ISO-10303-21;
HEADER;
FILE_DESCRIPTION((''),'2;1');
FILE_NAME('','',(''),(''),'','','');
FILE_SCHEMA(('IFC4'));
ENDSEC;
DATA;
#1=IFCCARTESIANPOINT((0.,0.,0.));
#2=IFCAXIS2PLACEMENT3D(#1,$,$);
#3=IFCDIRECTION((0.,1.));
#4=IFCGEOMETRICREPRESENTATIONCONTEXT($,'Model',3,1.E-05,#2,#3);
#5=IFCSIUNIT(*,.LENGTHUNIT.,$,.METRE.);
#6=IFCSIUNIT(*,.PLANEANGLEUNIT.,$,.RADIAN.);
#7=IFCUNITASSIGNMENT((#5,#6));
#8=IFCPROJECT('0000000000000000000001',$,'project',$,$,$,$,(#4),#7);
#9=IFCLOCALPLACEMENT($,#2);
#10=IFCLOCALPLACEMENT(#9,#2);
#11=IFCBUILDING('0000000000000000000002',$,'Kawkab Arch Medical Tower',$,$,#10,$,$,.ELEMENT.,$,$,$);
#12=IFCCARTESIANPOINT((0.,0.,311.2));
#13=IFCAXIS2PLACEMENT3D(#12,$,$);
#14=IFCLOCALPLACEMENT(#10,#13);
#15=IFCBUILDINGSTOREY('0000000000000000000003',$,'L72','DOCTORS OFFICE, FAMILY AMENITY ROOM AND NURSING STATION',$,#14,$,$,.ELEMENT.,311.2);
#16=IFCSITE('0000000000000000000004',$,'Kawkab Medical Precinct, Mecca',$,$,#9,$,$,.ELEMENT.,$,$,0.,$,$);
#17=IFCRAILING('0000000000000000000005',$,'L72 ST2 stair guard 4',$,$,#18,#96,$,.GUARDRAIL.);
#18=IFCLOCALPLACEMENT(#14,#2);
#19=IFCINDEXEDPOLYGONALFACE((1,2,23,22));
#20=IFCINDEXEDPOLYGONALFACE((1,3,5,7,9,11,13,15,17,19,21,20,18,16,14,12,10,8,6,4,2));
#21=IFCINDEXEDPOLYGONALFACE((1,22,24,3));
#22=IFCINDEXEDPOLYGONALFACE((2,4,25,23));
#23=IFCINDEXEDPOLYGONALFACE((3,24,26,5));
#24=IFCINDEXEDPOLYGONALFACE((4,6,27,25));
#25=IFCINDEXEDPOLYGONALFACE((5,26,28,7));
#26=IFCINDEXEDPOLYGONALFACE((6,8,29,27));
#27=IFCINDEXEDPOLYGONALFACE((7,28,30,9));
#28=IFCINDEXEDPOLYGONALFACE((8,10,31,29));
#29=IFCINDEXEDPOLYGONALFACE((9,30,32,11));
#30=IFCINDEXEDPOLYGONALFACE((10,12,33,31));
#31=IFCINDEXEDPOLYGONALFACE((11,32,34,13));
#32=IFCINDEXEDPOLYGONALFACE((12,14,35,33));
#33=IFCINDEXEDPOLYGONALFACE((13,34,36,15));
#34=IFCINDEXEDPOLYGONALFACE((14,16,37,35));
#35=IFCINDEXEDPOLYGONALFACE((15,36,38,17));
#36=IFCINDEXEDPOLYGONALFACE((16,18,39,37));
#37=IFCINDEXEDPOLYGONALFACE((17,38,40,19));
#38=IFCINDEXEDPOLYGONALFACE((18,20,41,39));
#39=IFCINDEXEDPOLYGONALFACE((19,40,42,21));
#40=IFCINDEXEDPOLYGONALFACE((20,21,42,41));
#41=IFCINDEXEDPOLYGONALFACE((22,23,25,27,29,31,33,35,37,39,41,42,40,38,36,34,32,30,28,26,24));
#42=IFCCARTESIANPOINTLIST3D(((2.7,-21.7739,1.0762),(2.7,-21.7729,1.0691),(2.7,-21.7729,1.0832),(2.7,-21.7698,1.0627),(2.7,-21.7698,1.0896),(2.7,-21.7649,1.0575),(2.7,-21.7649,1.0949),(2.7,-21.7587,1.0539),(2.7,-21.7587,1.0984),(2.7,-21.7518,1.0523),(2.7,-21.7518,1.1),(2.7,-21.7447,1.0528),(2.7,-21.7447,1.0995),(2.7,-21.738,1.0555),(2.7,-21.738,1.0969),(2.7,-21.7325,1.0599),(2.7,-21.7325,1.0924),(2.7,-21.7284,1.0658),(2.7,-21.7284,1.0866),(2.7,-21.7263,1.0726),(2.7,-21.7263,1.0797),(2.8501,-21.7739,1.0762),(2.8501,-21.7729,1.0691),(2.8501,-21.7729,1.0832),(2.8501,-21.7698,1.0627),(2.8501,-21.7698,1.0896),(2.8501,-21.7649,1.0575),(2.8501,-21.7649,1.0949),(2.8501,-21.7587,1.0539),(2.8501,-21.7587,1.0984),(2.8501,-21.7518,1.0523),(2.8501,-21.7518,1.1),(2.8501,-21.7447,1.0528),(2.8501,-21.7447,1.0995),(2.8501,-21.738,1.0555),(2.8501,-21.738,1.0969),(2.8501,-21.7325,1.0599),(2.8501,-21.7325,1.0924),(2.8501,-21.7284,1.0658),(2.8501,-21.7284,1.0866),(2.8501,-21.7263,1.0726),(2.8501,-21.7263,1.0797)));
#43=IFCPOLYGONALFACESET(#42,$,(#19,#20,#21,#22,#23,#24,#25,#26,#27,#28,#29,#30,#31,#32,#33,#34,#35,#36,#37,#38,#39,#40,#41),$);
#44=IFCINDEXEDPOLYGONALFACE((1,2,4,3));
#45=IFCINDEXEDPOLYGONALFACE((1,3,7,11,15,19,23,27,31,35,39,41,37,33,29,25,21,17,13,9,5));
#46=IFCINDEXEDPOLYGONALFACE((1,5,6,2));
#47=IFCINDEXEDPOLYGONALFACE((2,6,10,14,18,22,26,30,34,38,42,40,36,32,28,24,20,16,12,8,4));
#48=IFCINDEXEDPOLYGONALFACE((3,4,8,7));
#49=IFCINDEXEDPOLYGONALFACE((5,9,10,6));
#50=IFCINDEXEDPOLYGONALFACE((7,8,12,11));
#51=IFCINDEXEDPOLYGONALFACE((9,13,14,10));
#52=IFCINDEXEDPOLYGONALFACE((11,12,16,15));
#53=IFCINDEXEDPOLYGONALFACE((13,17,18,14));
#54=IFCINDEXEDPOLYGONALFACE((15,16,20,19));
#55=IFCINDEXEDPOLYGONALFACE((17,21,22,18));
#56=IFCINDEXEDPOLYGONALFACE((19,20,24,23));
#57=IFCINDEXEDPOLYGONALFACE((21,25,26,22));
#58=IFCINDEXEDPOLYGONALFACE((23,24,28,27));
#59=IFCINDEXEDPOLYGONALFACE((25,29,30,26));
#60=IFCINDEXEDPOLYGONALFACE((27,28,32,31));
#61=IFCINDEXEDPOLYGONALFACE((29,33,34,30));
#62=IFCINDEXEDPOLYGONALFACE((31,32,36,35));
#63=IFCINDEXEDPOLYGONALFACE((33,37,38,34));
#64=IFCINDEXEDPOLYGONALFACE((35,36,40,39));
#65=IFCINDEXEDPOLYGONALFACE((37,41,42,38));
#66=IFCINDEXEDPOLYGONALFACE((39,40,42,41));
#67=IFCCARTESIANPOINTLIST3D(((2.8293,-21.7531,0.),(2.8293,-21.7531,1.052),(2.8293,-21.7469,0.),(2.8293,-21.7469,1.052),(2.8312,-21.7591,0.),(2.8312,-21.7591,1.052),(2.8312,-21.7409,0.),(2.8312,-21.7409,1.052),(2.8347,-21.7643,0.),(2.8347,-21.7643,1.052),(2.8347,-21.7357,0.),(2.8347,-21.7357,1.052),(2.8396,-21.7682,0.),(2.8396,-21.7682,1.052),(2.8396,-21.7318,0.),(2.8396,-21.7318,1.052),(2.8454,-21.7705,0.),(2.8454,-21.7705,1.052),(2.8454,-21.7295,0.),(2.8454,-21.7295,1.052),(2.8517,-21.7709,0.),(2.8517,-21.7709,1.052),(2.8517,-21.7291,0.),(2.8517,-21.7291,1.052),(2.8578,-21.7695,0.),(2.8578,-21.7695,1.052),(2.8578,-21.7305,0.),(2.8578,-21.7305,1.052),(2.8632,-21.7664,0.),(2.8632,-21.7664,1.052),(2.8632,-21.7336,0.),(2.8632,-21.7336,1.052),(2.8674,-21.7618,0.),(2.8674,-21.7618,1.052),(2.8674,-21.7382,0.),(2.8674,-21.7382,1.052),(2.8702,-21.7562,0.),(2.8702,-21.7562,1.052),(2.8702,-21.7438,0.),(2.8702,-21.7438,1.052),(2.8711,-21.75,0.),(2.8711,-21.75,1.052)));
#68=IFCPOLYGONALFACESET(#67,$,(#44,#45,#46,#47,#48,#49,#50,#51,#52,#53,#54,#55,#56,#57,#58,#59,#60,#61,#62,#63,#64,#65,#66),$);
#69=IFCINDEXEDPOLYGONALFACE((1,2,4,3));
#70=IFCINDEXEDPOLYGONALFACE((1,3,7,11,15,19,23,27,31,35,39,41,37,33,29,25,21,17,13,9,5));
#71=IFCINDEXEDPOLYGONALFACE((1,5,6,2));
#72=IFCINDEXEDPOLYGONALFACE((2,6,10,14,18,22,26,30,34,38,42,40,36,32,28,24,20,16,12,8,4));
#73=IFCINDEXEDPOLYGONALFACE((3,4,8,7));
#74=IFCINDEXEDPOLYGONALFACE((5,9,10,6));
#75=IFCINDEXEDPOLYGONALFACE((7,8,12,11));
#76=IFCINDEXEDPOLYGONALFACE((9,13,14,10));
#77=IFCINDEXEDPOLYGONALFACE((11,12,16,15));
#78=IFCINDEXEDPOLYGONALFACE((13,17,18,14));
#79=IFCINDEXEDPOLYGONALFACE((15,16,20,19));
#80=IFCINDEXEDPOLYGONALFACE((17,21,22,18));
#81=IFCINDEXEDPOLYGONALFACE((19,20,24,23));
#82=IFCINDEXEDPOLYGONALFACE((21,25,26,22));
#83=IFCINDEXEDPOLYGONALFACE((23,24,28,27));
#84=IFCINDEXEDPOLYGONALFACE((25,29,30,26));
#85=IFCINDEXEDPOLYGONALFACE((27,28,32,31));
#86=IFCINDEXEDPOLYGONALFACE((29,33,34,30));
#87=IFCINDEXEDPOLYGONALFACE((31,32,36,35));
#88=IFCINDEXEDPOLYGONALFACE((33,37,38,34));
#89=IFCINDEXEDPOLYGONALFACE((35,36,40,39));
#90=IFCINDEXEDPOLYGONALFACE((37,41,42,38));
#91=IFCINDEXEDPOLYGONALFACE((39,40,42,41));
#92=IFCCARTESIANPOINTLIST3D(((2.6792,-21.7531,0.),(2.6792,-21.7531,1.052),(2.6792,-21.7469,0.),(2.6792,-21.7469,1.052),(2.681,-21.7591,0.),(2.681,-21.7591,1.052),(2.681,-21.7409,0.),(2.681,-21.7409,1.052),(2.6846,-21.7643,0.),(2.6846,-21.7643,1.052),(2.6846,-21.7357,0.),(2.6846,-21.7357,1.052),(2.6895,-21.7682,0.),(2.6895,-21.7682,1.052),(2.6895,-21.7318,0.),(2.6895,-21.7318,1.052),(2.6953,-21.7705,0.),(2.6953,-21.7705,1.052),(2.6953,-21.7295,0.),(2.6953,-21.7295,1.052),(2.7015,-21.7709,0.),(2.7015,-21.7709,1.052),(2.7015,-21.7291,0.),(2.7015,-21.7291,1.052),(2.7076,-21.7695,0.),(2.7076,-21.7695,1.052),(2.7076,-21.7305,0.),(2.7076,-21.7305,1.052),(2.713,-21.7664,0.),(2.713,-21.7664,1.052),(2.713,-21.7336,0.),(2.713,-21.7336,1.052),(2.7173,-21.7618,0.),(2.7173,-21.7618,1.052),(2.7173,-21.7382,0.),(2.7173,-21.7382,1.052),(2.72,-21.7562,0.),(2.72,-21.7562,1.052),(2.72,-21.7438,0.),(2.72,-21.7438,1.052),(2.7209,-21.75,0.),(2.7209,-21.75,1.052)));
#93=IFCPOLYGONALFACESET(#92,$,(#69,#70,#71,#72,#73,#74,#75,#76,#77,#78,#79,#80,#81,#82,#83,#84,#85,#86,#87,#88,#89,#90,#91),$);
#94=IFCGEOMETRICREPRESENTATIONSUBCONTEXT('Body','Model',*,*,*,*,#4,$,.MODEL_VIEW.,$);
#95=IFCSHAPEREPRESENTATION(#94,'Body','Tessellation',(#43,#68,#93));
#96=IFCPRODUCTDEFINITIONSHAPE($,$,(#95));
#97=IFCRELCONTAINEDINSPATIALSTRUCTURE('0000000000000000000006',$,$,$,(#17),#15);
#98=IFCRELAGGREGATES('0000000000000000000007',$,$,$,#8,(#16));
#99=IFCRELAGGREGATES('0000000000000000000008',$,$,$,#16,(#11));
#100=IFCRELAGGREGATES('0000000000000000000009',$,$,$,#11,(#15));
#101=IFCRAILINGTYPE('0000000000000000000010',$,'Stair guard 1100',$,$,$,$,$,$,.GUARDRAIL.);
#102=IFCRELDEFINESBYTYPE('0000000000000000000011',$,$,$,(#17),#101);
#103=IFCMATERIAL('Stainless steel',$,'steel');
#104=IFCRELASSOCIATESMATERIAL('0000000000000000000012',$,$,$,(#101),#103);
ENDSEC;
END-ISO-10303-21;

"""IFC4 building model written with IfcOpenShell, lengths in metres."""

from ifc_helpers import new_model, si_unit, direction, frame, origin, origin_2d, place, context, subcontext, project, spatial, circle, extrude, material, type_object, element, save


model = new_model("IFC4")

# Units and contexts
model_context = context("Model", 3, precision=1e-05, world=origin(), true_north=direction((0.0, 1.0)))
body_context = subcontext(model_context, "Body", "Model", "MODEL_VIEW")
ifc_project = project(units=[si_unit("LENGTHUNIT", "METRE"), si_unit("PLANEANGLEUNIT", "RADIAN")], contexts=[model_context])

# Site, building, storey
site_placement = place(None, origin())
site = spatial("IfcSite", under=ifc_project, at=site_placement, Name="Kawkab Medical Precinct, Mecca", CompositionType="ELEMENT", RefElevation=0.0)
building_placement = place(site_placement, origin())
building = spatial("IfcBuilding", under=site, at=building_placement, Name="Kawkab Arch Medical Tower", CompositionType="ELEMENT")
storey_placement = place(building_placement, frame((0.0, 0.0, 311.2)))
storey = spatial("IfcBuildingStorey", under=building, at=storey_placement, Name="L72", Description="DOCTORS OFFICE, FAMILY AMENITY ROOM AND NURSING STATION", CompositionType="ELEMENT", Elevation=311.2)

# Railing
ifc_material_1 = material(Name="Stainless steel", Category="steel")
railing_type = type_object("IfcRailingType", Name="Stair guard 1100", PredefinedType="GUARDRAIL", material=ifc_material_1)
railing_1_placement = place(storey_placement, frame((2.8501, -21.75, 0.0)))
element("IfcRailing", 1, at=railing_1_placement, inside=storey, type_object=railing_type, Name="L72 ST2 stair guard 4", PredefinedType="GUARDRAIL", context=body_context, shape_type="SweptSolid", body=[
    extrude(circle(Radius=0.0239, at=origin_2d()), frame((0.0, 0.0, 1.0762), z_axis=(-1.0, 0.0, 0.0), x_axis=(0.0, -1.0, 0.0)), (0.0, 0.0, 1.0), 0.1501),
    extrude(circle(Radius=0.021, at=origin_2d()), origin(), (0.0, 0.0, 1.0), 1.052),
    extrude(circle(Radius=0.021, at=origin_2d()), frame((-0.1501, 0.0, 0.0)), (0.0, 0.0, 1.0), 1.052),
])

save(model, "model.ifc")
